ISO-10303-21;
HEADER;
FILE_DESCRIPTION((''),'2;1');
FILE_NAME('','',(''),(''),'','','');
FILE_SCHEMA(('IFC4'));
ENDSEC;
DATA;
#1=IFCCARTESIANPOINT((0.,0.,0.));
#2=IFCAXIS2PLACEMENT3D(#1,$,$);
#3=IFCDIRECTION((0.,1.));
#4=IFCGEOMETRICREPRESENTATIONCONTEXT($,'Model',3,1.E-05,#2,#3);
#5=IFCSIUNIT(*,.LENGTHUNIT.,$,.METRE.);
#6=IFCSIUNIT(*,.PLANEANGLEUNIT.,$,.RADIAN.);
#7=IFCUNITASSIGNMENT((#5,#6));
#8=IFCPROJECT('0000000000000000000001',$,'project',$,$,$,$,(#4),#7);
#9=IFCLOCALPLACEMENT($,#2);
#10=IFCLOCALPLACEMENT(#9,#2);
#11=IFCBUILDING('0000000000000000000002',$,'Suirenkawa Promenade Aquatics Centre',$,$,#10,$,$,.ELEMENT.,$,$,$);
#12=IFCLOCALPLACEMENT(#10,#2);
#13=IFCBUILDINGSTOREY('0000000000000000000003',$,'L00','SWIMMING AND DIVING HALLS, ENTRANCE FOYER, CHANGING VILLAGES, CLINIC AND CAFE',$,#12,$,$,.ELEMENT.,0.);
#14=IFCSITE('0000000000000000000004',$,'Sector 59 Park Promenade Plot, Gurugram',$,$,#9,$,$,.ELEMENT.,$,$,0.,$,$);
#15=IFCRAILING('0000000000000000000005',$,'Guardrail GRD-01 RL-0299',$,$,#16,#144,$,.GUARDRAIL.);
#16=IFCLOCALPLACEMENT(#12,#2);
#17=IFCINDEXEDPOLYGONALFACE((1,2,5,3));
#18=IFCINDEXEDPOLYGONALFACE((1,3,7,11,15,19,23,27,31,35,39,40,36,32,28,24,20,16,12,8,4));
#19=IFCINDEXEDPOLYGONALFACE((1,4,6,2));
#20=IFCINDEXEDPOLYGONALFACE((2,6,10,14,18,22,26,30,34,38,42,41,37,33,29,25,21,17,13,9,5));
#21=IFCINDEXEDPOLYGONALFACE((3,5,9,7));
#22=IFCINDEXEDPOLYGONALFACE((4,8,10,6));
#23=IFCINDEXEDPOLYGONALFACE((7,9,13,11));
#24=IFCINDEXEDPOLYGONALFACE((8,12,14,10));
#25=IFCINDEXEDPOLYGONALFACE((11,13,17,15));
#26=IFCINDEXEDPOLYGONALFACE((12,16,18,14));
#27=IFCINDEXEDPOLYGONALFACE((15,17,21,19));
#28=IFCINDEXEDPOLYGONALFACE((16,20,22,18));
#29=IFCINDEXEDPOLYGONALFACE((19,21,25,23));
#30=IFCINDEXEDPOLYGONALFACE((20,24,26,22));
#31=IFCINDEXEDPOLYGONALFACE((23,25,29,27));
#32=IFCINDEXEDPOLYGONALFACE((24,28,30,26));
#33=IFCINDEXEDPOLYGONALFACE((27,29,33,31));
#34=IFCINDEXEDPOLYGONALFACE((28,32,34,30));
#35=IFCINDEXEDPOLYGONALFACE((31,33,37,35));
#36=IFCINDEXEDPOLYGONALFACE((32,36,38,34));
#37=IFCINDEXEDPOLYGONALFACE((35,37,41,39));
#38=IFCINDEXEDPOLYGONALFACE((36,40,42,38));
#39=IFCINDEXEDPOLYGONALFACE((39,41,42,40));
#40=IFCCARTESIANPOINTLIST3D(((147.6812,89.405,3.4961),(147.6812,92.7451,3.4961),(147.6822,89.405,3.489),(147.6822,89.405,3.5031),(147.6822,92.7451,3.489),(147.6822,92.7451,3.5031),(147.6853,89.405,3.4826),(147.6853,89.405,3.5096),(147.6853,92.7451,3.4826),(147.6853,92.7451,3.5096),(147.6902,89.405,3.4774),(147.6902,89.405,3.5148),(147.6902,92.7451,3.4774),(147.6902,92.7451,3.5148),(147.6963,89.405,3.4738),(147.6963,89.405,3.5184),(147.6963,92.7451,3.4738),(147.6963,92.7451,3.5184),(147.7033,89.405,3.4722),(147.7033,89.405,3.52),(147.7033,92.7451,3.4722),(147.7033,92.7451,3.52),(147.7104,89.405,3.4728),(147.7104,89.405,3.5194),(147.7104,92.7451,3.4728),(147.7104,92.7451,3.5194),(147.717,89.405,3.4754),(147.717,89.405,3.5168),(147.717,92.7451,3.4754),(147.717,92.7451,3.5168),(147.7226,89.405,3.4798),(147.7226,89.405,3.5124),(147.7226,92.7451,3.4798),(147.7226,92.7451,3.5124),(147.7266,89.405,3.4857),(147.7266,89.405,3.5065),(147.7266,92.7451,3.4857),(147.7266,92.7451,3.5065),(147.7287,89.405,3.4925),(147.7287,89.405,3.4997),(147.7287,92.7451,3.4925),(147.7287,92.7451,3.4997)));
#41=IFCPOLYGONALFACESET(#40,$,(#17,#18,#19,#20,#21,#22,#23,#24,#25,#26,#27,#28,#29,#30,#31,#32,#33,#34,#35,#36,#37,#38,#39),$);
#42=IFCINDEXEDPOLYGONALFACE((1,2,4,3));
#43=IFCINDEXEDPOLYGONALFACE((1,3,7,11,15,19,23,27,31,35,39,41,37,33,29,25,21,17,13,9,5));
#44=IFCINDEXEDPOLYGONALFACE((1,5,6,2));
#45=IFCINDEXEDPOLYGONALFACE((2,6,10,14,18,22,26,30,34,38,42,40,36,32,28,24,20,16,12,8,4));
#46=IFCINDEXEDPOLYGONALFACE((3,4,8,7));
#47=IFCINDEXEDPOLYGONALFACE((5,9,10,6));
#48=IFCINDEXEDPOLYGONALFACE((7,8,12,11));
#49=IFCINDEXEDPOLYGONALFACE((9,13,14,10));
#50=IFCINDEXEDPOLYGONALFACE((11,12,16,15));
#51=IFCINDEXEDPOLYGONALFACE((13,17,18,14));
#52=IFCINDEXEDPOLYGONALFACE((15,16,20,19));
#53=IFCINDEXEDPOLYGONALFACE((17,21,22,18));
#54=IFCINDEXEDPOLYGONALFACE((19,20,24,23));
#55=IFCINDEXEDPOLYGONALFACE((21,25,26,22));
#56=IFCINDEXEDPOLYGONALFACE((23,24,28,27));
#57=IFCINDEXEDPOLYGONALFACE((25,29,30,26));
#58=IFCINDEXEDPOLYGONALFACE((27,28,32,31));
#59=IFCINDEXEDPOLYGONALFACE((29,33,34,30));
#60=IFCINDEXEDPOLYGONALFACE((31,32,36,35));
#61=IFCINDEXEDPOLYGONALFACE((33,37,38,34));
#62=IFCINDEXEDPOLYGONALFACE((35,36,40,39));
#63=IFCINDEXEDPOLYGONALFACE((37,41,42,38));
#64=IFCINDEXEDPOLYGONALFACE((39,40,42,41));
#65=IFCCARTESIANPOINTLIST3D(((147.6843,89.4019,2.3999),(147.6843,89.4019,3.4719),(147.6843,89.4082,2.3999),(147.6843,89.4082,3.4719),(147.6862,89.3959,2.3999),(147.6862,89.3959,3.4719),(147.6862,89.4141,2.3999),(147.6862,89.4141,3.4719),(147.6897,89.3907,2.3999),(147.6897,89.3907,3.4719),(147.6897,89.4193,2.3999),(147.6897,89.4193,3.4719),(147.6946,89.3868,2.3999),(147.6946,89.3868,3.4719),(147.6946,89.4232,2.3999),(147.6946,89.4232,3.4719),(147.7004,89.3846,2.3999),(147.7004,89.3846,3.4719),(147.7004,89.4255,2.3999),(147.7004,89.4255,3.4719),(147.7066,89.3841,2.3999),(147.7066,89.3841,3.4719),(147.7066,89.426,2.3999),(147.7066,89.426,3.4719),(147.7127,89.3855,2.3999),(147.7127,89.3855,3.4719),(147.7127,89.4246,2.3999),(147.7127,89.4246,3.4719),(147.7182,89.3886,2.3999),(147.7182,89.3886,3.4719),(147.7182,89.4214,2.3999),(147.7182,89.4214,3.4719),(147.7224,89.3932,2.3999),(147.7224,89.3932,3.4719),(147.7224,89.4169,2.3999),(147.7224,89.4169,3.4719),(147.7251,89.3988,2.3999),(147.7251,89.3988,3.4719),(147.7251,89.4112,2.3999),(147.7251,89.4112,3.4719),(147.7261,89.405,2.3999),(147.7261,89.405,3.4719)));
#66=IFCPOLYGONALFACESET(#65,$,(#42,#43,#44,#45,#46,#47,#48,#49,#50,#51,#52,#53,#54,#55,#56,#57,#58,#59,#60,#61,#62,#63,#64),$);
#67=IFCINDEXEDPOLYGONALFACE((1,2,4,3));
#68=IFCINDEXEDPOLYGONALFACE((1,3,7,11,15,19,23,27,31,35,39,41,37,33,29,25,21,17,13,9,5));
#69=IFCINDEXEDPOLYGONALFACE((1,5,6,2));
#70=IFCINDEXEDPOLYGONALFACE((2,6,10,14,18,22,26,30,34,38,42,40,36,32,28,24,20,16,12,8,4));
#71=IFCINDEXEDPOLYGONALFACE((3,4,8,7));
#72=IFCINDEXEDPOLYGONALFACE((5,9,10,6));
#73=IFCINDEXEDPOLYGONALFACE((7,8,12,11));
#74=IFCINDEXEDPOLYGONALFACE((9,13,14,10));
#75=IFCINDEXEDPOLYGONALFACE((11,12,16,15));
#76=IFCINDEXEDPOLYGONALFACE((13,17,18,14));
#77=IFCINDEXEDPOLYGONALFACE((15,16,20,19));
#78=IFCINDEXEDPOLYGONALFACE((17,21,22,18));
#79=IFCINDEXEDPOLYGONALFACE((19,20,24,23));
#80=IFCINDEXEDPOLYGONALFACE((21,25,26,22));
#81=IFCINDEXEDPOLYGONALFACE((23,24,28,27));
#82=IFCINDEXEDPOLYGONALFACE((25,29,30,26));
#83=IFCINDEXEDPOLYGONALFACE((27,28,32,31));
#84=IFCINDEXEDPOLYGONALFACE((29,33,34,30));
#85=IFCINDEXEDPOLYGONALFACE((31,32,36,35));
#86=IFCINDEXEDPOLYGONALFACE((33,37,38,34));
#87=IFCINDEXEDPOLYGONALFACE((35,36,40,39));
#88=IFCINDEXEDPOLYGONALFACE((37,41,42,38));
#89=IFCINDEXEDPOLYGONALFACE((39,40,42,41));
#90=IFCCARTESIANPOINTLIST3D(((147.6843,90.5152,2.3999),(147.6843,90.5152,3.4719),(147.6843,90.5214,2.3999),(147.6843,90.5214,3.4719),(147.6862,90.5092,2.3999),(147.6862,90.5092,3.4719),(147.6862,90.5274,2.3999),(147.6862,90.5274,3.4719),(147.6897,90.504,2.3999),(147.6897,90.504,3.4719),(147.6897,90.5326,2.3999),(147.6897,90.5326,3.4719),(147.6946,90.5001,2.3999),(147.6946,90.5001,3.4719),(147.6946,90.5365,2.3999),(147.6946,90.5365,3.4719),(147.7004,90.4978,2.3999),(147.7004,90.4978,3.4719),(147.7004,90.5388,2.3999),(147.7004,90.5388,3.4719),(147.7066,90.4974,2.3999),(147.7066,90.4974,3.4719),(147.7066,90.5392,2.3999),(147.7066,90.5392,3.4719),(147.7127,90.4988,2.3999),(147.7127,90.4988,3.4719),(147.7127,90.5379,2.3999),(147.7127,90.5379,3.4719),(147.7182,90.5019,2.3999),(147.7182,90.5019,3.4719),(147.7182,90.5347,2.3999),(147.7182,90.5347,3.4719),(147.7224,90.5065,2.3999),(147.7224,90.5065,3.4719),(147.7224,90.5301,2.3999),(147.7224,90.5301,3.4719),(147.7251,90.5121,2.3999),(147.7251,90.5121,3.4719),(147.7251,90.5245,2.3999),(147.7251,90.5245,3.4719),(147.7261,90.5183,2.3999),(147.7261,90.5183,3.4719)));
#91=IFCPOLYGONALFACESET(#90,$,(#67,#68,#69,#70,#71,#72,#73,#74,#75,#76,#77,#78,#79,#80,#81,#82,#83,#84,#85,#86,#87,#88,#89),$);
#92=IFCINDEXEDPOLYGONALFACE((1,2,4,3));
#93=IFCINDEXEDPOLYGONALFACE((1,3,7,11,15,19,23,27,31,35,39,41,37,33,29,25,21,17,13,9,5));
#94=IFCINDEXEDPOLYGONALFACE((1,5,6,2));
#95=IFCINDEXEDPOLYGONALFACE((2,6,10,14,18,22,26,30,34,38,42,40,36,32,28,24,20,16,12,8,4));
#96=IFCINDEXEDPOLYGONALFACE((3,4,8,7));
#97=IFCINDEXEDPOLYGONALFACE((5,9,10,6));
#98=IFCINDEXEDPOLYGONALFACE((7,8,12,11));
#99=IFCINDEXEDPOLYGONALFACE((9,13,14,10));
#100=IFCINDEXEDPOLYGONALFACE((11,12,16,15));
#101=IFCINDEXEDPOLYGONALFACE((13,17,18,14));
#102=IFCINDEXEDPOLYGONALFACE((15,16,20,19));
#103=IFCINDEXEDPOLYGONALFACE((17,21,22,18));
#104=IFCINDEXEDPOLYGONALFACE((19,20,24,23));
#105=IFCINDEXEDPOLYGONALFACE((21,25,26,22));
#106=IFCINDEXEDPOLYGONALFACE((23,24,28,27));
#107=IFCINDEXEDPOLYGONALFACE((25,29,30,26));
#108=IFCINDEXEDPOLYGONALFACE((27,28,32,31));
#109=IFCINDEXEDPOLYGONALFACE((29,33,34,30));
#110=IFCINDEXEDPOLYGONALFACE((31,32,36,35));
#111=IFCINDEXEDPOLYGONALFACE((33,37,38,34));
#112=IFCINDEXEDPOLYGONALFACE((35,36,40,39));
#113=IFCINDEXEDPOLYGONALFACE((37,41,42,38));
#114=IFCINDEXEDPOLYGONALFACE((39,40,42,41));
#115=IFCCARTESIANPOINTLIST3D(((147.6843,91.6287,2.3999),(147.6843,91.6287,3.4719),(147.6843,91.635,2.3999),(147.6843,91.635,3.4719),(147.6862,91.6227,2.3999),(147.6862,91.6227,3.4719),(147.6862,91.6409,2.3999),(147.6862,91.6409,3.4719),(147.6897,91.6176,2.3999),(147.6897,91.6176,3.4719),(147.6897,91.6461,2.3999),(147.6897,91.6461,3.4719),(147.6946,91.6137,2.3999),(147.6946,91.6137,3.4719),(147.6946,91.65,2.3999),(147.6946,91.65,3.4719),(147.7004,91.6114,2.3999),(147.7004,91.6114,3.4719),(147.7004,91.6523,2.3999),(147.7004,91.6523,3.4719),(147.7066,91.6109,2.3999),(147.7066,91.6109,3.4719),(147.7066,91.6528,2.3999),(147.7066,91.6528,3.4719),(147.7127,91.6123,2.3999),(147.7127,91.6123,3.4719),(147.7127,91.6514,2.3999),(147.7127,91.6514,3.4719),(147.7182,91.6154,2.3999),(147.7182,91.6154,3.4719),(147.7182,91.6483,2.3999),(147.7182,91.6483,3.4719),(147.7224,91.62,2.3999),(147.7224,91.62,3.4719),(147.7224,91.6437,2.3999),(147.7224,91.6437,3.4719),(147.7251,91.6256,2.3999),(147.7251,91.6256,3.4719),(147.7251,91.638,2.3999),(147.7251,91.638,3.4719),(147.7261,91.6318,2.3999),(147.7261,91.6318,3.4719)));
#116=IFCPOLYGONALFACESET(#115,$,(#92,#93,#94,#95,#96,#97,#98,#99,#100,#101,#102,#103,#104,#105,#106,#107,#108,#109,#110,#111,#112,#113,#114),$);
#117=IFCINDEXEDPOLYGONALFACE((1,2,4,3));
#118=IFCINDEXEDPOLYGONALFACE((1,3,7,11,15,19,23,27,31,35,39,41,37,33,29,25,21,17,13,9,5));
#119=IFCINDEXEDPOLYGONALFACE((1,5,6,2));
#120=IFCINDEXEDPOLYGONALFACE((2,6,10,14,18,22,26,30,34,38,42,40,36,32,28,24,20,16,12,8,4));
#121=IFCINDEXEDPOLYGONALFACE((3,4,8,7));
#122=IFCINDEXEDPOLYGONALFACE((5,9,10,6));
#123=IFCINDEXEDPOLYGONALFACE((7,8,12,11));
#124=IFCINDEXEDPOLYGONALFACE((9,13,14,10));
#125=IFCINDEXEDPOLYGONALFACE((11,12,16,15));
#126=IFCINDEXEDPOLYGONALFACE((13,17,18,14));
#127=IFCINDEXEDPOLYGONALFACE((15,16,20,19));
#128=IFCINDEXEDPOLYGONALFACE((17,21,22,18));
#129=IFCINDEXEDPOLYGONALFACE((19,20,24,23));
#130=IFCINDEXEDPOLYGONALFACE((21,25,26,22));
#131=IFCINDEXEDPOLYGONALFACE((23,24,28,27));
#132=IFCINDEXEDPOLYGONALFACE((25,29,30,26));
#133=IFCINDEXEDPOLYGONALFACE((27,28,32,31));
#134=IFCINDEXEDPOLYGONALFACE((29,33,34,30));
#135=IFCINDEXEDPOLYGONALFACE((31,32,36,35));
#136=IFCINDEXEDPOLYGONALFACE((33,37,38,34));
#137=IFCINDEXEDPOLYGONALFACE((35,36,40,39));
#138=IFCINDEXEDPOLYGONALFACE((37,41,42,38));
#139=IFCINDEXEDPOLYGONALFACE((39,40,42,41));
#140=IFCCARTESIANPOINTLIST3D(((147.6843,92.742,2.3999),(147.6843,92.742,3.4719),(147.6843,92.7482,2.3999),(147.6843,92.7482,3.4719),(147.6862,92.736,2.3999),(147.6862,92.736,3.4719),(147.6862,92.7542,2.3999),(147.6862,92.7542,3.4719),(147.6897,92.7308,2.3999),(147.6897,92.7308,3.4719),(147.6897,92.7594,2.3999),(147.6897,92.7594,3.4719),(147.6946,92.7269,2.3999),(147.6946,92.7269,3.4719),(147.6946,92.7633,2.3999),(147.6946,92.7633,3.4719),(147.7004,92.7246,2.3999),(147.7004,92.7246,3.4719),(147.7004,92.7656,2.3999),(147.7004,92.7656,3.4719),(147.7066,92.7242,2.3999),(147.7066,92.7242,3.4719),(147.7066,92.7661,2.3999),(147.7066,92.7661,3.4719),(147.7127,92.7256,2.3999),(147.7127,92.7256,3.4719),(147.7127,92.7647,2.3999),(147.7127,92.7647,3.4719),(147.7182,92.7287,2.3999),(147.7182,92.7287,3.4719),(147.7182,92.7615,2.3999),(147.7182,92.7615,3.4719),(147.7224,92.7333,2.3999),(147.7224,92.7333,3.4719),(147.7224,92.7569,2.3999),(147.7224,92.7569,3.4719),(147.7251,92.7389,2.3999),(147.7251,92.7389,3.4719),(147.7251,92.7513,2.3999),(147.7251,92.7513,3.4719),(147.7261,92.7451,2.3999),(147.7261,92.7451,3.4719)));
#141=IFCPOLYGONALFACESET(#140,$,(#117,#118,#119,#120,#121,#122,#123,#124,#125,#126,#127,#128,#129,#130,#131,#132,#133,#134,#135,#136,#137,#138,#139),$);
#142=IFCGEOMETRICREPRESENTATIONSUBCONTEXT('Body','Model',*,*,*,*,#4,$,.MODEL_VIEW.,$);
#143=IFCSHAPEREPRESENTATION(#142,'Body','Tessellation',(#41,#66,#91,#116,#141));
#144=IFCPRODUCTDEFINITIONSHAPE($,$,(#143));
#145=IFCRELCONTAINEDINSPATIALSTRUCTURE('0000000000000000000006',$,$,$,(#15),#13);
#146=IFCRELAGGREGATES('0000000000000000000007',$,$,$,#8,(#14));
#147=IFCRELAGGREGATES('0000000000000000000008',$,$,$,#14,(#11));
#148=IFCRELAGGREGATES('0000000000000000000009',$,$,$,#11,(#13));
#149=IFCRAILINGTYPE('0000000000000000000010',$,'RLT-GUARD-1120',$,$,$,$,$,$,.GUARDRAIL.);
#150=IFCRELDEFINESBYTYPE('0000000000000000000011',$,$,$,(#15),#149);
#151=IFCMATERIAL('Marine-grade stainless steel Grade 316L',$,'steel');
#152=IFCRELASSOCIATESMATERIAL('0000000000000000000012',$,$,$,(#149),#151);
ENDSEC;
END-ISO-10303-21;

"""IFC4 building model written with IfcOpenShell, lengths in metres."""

from ifc_helpers import new_model, si_unit, direction, frame, origin, origin_2d, place, context, subcontext, project, spatial, circle, extrude, material, type_object, element, save


model = new_model("IFC4")

# Units and contexts
model_context = context("Model", 3, precision=1e-05, world=origin(), true_north=direction((0.0, 1.0)))
body_context = subcontext(model_context, "Body", "Model", "MODEL_VIEW")
ifc_project = project(units=[si_unit("LENGTHUNIT", "METRE"), si_unit("PLANEANGLEUNIT", "RADIAN")], contexts=[model_context])

# Site, building, storey
site_placement = place(None, origin())
site = spatial("IfcSite", under=ifc_project, at=site_placement, Name="Sector 59 Park Promenade Plot, Gurugram", CompositionType="ELEMENT", RefElevation=0.0)
building_placement = place(site_placement, origin())
building = spatial("IfcBuilding", under=site, at=building_placement, Name="Suirenkawa Promenade Aquatics Centre", CompositionType="ELEMENT")
storey_placement = place(building_placement, origin())
storey = spatial("IfcBuildingStorey", under=building, at=storey_placement, Name="L00", Description="SWIMMING AND DIVING HALLS, ENTRANCE FOYER, CHANGING VILLAGES, CLINIC AND CAFE", CompositionType="ELEMENT", Elevation=0.0)

# Railing
ifc_material_1 = material(Name="Marine-grade stainless steel Grade 316L", Category="steel")
railing_type_1 = type_object("IfcRailingType", Name="RLT-GUARD-1120", PredefinedType="GUARDRAIL", material=ifc_material_1)
railing_1_placement = place(storey_placement, frame((147.7051, 89.405, 2.3999)))
element("IfcRailing", 1, at=railing_1_placement, inside=storey, type_object=railing_type_1, Name="Guardrail GRD-01 RL-0299", PredefinedType="GUARDRAIL", context=body_context, shape_type="SweptSolid", body=[
    extrude(circle(Radius=0.0239, at=origin_2d()), frame((0.0, 0.0, 1.0962), z_axis=(0.0, 1.0, 0.0), x_axis=(-1.0, 0.0, 0.0)), (0.0, 0.0, 1.0), 3.3401),
    extrude(circle(Radius=0.021, at=origin_2d()), origin(), (0.0, 0.0, 1.0), 1.072),
    extrude(circle(Radius=0.021, at=origin_2d()), frame((0.0, 1.1133, 0.0)), (0.0, 0.0, 1.0), 1.072),
    extrude(circle(Radius=0.021, at=origin_2d()), frame((0.0, 2.2268, 0.0)), (0.0, 0.0, 1.0), 1.072),
    extrude(circle(Radius=0.021, at=origin_2d()), frame((0.0, 3.3401, 0.0)), (0.0, 0.0, 1.0), 1.072),
])

save(model, "model.ifc")
